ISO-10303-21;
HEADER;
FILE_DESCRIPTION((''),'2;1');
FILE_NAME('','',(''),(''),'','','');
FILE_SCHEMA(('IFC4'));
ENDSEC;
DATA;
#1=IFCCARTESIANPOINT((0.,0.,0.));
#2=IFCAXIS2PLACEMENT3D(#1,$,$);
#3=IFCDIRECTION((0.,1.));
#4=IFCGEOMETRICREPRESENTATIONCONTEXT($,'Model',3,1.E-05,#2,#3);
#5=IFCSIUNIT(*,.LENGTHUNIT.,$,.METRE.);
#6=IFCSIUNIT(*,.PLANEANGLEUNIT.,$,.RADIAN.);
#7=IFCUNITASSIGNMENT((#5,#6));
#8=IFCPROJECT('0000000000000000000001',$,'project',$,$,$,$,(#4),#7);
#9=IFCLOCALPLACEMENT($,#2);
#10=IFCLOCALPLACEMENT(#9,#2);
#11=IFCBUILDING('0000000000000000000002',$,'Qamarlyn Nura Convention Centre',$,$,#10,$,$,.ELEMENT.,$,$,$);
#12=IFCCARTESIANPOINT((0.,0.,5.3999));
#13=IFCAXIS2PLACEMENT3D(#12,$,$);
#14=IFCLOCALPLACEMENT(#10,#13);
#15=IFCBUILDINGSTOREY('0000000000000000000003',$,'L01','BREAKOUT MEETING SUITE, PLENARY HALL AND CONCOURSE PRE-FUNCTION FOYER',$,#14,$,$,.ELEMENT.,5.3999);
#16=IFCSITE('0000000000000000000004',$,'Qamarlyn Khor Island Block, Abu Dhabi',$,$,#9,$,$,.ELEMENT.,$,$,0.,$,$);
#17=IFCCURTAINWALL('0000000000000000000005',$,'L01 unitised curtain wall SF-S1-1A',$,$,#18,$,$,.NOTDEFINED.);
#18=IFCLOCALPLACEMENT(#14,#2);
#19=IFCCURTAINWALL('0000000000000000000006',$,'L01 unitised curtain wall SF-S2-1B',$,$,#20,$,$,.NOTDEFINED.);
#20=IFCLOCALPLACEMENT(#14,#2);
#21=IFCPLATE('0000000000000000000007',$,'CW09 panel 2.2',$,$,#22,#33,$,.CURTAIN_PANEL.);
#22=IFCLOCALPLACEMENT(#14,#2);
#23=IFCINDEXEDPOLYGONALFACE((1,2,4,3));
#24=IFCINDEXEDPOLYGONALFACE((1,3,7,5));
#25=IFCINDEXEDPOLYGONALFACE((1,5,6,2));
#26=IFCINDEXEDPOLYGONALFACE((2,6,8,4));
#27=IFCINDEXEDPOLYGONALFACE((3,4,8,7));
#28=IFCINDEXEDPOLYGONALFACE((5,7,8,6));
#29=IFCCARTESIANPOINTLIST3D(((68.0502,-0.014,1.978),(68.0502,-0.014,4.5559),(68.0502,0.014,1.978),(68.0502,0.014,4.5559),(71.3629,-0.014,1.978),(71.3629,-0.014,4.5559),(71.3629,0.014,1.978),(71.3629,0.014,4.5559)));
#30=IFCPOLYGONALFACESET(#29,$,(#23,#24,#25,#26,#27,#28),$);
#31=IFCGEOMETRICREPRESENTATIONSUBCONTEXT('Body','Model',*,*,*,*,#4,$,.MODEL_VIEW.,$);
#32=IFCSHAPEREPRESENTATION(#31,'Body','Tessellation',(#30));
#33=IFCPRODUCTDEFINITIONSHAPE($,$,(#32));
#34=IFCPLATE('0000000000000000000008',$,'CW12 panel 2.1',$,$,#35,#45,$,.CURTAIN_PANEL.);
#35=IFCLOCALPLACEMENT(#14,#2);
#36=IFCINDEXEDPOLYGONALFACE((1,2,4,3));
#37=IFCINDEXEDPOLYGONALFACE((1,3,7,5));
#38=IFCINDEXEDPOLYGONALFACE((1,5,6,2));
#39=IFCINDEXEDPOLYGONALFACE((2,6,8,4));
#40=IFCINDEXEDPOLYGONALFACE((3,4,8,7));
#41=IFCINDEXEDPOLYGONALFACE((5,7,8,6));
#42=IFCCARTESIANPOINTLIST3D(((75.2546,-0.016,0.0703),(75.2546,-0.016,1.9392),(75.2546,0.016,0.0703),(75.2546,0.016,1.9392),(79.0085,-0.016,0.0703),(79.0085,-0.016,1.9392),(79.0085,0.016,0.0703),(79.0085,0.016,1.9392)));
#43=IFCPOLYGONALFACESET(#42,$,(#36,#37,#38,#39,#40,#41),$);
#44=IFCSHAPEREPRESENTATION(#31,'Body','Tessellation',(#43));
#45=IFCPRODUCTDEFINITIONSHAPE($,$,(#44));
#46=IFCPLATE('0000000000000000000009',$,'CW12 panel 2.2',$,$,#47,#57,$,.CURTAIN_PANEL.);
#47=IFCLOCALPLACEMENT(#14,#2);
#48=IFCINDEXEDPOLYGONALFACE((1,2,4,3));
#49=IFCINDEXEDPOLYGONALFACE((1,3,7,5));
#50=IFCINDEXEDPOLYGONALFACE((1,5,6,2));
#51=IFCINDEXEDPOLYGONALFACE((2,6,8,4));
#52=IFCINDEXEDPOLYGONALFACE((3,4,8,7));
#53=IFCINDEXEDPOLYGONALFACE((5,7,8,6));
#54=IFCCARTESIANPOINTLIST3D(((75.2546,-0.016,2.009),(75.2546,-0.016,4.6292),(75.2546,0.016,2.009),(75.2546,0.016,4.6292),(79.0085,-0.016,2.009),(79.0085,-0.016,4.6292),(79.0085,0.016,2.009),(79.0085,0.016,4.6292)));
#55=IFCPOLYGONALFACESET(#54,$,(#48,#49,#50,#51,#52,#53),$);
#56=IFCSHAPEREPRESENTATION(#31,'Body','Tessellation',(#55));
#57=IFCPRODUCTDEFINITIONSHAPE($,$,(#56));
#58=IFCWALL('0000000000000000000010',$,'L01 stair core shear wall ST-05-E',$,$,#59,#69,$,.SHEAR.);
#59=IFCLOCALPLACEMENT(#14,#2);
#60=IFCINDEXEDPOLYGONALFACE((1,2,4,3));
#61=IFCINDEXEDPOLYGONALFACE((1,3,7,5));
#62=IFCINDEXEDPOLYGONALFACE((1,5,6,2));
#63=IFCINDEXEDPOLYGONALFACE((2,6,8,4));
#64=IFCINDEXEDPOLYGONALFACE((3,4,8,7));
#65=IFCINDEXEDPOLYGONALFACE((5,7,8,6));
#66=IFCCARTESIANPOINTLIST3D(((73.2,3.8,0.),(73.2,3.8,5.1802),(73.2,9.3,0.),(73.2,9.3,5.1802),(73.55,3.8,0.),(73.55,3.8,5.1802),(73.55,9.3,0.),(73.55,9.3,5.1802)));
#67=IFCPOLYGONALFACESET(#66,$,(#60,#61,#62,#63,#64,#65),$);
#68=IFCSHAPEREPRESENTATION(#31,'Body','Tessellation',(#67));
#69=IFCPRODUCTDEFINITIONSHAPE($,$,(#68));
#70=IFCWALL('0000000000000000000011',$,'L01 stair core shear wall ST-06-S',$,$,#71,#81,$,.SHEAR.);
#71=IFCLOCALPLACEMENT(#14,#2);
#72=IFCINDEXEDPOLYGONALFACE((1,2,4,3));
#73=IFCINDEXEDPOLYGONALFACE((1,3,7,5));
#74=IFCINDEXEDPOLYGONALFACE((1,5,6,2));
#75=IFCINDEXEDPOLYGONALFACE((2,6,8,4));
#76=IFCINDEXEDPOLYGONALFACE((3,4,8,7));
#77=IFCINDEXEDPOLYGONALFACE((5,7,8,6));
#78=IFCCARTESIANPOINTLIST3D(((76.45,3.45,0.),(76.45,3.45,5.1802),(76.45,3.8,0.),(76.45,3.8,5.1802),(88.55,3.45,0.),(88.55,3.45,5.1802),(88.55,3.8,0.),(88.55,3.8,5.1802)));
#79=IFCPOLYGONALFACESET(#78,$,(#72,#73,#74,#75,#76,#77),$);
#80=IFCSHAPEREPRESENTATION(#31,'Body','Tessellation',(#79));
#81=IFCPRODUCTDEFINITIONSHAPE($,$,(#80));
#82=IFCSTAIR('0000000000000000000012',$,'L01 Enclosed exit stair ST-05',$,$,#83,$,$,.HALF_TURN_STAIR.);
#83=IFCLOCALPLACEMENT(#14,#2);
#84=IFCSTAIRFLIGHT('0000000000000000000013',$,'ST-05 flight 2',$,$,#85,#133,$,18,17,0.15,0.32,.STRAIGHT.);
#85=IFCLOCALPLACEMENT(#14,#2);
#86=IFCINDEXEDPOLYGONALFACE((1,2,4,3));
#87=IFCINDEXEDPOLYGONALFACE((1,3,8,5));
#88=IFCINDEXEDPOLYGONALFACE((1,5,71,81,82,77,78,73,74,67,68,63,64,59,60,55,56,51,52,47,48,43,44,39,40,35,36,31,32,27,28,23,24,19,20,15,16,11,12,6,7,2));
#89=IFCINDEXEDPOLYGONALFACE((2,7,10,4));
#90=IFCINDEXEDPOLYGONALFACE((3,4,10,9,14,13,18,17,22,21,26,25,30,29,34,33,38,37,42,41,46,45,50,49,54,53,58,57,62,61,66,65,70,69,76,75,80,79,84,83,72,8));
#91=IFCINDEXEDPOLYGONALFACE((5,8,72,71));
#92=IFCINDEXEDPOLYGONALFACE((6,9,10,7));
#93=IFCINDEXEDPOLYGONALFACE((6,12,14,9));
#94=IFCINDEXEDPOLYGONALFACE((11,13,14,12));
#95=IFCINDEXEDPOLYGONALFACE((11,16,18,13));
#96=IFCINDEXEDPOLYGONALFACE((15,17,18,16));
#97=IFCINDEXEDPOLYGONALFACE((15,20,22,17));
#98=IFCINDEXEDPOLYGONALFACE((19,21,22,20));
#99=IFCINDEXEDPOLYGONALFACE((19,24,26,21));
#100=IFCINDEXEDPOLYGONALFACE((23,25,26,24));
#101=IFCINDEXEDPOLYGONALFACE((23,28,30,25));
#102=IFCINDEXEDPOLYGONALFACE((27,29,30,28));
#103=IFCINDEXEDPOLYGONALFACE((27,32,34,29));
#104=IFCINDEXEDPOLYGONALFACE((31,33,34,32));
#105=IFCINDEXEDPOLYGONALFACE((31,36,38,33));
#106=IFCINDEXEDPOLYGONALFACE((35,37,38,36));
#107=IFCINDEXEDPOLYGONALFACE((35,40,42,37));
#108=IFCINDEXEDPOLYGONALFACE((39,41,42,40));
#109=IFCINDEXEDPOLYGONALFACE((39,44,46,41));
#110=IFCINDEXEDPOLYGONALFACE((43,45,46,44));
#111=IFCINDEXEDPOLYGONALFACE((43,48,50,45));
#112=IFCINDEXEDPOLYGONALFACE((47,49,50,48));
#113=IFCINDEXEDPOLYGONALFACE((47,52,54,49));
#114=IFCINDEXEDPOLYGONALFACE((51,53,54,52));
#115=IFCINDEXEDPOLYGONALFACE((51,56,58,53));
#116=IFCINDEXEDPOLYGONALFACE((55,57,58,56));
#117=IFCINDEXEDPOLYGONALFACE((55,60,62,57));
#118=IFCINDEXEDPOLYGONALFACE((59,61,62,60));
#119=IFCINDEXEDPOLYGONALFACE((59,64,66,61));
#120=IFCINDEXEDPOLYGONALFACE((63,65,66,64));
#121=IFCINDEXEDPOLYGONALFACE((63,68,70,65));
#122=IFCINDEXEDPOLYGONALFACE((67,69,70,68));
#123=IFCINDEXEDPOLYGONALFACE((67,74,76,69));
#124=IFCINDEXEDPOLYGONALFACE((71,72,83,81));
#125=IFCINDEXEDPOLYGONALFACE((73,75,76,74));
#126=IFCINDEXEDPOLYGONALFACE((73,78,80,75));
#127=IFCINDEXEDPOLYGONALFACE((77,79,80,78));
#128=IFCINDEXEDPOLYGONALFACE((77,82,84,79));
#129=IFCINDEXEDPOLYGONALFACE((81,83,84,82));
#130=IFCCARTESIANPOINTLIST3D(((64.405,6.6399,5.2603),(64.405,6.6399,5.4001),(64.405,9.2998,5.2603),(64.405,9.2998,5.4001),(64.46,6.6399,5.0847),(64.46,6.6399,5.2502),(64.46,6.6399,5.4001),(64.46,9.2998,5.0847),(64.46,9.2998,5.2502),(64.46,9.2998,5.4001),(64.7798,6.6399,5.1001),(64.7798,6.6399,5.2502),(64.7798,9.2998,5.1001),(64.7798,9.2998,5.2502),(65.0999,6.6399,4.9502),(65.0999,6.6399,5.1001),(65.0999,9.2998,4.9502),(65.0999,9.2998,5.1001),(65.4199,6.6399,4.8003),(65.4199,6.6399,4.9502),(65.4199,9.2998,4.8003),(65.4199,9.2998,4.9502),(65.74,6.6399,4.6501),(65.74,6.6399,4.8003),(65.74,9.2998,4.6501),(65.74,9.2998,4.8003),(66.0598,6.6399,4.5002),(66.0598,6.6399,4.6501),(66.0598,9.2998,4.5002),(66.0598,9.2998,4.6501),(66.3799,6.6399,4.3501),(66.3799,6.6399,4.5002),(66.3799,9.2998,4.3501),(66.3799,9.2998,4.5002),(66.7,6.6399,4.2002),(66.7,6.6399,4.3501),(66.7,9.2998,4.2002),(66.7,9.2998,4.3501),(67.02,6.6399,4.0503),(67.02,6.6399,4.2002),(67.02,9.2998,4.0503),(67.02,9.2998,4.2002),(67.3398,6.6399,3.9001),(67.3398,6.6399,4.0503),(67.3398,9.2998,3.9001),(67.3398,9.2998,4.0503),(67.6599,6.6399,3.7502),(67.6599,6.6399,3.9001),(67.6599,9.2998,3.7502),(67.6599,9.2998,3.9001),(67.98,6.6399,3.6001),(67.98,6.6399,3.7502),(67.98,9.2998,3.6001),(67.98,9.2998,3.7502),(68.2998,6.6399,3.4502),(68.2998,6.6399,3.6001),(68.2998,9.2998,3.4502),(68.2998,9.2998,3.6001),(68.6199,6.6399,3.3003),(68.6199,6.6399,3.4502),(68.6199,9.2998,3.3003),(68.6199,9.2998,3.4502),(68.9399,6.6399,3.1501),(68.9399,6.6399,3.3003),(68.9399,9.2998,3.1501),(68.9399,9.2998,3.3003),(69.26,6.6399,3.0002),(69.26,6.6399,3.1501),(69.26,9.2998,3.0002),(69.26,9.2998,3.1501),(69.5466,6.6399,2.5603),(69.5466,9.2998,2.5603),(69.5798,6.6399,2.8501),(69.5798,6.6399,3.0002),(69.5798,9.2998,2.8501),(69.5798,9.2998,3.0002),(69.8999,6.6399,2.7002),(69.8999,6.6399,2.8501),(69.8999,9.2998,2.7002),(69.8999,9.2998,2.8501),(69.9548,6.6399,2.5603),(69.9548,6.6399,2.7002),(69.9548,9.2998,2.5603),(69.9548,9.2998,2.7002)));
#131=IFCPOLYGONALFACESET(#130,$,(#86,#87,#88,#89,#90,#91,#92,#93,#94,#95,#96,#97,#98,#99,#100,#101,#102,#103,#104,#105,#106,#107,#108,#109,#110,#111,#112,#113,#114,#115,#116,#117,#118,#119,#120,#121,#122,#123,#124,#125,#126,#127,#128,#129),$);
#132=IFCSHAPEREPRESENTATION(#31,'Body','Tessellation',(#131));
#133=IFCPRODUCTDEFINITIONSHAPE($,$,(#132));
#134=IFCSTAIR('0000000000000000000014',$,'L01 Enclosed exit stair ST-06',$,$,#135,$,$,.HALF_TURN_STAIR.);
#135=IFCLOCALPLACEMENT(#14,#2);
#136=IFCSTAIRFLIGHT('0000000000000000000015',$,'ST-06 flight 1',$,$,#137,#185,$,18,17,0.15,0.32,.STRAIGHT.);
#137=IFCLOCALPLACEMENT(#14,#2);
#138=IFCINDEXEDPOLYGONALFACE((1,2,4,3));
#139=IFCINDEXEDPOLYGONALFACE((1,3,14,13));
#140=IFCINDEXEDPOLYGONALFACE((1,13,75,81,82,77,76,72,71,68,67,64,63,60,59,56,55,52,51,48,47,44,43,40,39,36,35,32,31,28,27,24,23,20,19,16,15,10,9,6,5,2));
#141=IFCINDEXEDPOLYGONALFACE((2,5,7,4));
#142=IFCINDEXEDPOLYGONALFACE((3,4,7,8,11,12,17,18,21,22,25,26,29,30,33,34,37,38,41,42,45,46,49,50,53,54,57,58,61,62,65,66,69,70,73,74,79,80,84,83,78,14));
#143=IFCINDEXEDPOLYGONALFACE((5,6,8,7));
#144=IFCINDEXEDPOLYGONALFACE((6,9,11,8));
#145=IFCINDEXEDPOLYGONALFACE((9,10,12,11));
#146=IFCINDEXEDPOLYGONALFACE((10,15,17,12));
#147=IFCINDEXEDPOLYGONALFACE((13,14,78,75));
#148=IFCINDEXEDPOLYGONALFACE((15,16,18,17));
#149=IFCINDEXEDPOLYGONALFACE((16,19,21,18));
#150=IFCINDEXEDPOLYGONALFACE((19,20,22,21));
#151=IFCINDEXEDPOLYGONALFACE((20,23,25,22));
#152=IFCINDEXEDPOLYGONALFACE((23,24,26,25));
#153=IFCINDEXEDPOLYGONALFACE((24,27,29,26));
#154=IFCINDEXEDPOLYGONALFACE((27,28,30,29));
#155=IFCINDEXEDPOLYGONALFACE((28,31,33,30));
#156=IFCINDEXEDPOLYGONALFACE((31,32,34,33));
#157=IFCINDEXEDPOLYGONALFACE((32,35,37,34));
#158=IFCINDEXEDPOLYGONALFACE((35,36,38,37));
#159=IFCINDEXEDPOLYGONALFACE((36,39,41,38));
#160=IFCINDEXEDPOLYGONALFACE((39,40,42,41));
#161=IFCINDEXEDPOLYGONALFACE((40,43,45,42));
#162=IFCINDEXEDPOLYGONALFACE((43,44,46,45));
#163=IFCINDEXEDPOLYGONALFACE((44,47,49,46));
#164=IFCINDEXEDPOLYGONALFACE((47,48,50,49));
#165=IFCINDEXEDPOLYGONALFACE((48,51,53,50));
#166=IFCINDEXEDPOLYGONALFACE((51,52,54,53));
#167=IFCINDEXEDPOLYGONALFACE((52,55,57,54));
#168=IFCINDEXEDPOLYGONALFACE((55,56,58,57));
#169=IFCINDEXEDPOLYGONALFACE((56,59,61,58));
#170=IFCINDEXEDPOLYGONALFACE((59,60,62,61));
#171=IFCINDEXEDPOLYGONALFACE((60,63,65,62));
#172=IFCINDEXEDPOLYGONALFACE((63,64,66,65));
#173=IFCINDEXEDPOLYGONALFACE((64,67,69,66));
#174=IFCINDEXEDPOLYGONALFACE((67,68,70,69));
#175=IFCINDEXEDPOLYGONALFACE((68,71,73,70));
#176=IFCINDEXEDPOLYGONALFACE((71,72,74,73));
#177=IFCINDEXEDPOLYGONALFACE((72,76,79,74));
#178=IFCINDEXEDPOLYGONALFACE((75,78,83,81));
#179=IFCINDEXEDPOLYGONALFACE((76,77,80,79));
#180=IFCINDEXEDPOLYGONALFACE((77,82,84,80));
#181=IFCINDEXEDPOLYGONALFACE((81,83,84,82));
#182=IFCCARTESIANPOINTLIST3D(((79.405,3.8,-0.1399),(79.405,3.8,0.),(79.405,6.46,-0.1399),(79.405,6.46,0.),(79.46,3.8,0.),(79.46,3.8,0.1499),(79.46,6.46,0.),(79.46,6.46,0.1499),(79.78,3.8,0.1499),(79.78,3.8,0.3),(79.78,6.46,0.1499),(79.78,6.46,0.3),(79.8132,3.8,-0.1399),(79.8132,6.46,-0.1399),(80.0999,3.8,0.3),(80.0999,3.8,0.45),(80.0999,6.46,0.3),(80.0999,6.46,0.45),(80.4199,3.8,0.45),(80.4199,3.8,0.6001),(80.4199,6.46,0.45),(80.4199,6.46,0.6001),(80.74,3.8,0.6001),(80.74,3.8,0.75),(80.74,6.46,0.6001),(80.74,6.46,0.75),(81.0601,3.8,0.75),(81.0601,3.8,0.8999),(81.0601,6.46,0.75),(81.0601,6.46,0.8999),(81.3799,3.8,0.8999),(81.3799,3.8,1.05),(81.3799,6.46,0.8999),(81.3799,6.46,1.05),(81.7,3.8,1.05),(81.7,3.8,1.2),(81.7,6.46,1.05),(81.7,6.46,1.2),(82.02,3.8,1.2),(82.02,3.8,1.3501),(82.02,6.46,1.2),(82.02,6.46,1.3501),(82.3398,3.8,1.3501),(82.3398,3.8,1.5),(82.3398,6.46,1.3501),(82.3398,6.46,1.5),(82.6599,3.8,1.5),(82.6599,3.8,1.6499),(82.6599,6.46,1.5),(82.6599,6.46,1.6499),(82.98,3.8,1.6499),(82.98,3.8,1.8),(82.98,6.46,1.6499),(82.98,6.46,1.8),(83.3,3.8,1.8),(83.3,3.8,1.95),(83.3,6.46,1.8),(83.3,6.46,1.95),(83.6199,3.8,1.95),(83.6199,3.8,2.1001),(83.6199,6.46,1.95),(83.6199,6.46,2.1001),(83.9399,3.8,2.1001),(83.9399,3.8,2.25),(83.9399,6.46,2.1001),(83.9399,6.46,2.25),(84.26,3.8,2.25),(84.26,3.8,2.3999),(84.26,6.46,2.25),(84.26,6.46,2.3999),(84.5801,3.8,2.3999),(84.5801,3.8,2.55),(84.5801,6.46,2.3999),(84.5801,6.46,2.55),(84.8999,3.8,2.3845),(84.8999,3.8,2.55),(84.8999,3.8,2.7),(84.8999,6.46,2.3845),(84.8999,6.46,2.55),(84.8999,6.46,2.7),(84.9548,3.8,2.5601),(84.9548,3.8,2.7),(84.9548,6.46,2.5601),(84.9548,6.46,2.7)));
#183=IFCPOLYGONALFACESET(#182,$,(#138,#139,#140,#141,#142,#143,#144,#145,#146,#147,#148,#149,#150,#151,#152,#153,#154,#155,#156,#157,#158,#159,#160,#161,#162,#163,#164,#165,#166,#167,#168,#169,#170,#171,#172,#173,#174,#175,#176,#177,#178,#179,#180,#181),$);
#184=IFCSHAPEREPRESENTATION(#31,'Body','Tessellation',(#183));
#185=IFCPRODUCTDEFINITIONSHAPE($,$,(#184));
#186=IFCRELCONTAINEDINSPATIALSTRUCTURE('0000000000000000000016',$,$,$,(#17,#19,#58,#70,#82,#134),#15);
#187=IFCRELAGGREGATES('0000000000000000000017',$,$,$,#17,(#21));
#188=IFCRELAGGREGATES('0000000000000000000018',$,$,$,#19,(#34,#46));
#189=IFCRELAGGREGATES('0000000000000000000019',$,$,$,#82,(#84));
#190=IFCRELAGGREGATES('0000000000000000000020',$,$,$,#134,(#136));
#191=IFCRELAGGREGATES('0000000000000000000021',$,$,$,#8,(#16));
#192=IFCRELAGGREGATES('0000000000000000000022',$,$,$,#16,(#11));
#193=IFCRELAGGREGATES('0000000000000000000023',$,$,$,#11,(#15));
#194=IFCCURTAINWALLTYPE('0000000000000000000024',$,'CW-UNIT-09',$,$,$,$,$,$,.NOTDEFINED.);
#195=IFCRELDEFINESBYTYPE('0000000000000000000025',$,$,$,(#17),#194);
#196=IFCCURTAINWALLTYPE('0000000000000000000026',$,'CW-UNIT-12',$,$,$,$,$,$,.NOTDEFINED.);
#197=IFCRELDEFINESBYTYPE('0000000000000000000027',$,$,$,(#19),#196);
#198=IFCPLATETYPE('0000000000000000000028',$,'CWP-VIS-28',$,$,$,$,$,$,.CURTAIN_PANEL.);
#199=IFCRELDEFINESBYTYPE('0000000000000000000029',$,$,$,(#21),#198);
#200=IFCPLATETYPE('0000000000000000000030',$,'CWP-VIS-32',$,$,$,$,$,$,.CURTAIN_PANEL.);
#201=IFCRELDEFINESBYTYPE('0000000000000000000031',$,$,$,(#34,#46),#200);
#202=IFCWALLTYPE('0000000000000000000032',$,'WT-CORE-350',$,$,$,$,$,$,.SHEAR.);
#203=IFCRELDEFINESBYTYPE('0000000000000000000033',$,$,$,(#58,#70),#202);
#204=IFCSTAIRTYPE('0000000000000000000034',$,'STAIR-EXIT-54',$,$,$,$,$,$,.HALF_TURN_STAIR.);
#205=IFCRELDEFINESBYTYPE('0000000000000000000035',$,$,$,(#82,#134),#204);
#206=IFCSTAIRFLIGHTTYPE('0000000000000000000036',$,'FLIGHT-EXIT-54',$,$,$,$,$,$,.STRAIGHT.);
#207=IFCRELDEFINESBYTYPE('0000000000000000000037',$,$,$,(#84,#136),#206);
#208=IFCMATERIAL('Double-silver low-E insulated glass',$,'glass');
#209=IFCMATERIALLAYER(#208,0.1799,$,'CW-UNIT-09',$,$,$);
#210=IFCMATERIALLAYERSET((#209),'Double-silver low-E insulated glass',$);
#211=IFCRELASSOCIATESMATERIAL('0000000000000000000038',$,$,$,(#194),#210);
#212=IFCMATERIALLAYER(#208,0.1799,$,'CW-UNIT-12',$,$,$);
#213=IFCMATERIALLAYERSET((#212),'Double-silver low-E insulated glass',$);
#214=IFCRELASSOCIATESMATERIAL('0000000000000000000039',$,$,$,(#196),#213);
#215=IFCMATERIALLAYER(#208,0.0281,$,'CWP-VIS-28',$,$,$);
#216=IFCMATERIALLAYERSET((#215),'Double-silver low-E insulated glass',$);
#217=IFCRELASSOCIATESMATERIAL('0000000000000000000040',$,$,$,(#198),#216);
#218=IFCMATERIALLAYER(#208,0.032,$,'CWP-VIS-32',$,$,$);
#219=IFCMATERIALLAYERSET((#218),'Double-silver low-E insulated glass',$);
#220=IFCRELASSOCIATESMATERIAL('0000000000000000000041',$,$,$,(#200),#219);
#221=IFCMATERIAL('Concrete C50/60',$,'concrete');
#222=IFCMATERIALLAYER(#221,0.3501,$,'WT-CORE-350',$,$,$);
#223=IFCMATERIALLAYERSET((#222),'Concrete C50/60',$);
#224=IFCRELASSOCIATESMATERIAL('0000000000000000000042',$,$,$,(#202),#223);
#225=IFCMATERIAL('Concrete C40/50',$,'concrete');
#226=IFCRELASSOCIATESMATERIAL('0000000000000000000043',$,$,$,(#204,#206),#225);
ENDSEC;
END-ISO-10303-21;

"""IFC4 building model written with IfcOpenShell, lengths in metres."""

from ifc_helpers import new_model, si_unit, direction, frame, frame_2d, origin, origin_2d, place, context, subcontext, project, spatial, polyline, rectangle, outline, extrude, material, layer, layer_set, type_object, element, aggregate, save


model = new_model("IFC4")

# Units and contexts
model_context = context("Model", 3, precision=1e-05, world=origin(), true_north=direction((0.0, 1.0)))
body_context = subcontext(model_context, "Body", "Model", "MODEL_VIEW")
ifc_project = project(units=[si_unit("LENGTHUNIT", "METRE"), si_unit("PLANEANGLEUNIT", "RADIAN")], contexts=[model_context])

# Site, building, storey
site_placement = place(None, origin())
site = spatial("IfcSite", under=ifc_project, at=site_placement, Name="Qamarlyn Khor Island Block, Abu Dhabi", CompositionType="ELEMENT", RefElevation=0.0)
building_placement = place(site_placement, origin())
building = spatial("IfcBuilding", under=site, at=building_placement, Name="Qamarlyn Nura Convention Centre", CompositionType="ELEMENT")
storey_placement = place(building_placement, frame((0.0, 0.0, 5.3999)))
storey = spatial("IfcBuildingStorey", under=building, at=storey_placement, Name="L01", Description="BREAKOUT MEETING SUITE, PLENARY HALL AND CONCOURSE PRE-FUNCTION FOYER", CompositionType="ELEMENT", Elevation=5.3999)

# Shared definitions
ifc_material_1 = material(Name="Double-silver low-E insulated glass", Category="glass")

# Curtain walls
ifc_layer_1 = layer(ifc_material_1, 0.1799, Name="CW-UNIT-09")
ifc_layer_set_1 = layer_set([ifc_layer_1], Name="Double-silver low-E insulated glass")
curtain_wall_type_1 = type_object("IfcCurtainWallType", Name="CW-UNIT-09", PredefinedType="NOTDEFINED", material=ifc_layer_set_1)
curtain_wall_1_placement = place(storey_placement, origin())
curtain_wall_1 = element("IfcCurtainWall", 1, at=curtain_wall_1_placement, inside=storey, type_object=curtain_wall_type_1, Name="L01 unitised curtain wall SF-S1-1A", PredefinedType="NOTDEFINED")
ifc_layer_2 = layer(ifc_material_1, 0.1799, Name="CW-UNIT-12")
ifc_layer_set_2 = layer_set([ifc_layer_2], Name="Double-silver low-E insulated glass")
curtain_wall_type_2 = type_object("IfcCurtainWallType", Name="CW-UNIT-12", PredefinedType="NOTDEFINED", material=ifc_layer_set_2)
curtain_wall_2_placement = place(storey_placement, origin())
curtain_wall_2 = element("IfcCurtainWall", 2, at=curtain_wall_2_placement, inside=storey, type_object=curtain_wall_type_2, Name="L01 unitised curtain wall SF-S2-1B", PredefinedType="NOTDEFINED")

# Plates
ifc_layer_3 = layer(ifc_material_1, 0.0281, Name="CWP-VIS-28")
ifc_layer_set_3 = layer_set([ifc_layer_3], Name="Double-silver low-E insulated glass")
plate_type_1 = type_object("IfcPlateType", Name="CWP-VIS-28", PredefinedType="CURTAIN_PANEL", material=ifc_layer_set_3)
plate_1_placement = place(storey_placement, frame((69.7065, 0.0, 1.978), z_axis=(0.0, 0.0, 1.0), x_axis=(-1.0, 0.0, 0.0)))
plate_1 = element("IfcPlate", 3, at=plate_1_placement, type_object=plate_type_1, Name="CW09 panel 2.2", PredefinedType="CURTAIN_PANEL", context=body_context, shape_type="SweptSolid", body=[
    extrude(rectangle(XDim=3.3127, YDim=0.0281, at=origin_2d()), origin(), (0.0, 0.0, 1.0), 2.5779),
])
aggregate(curtain_wall_1, [plate_1])
ifc_layer_4 = layer(ifc_material_1, 0.032, Name="CWP-VIS-32")
ifc_layer_set_4 = layer_set([ifc_layer_4], Name="Double-silver low-E insulated glass")
plate_type_2 = type_object("IfcPlateType", Name="CWP-VIS-32", PredefinedType="CURTAIN_PANEL", material=ifc_layer_set_4)
plate_2_placement = place(storey_placement, frame((77.1316, 0.0, 0.0703), z_axis=(0.0, 0.0, 1.0), x_axis=(-1.0, 0.0, 0.0)))
plate_2 = element("IfcPlate", 4, at=plate_2_placement, type_object=plate_type_2, Name="CW12 panel 2.1", PredefinedType="CURTAIN_PANEL", context=body_context, shape_type="SweptSolid", body=[
    extrude(rectangle(XDim=3.7539, YDim=0.032, at=origin_2d()), origin(), (0.0, 0.0, 1.0), 1.8689),
])
plate_3_placement = place(storey_placement, frame((77.1316, 0.0, 2.009), z_axis=(0.0, 0.0, 1.0), x_axis=(-1.0, 0.0, 0.0)))
plate_3 = element("IfcPlate", 5, at=plate_3_placement, type_object=plate_type_2, Name="CW12 panel 2.2", PredefinedType="CURTAIN_PANEL", context=body_context, shape_type="SweptSolid", body=[
    extrude(rectangle(XDim=3.7539, YDim=0.032, at=origin_2d()), origin(), (0.0, 0.0, 1.0), 2.6201),
])
aggregate(curtain_wall_2, [plate_2, plate_3])

# Walls
ifc_material_2 = material(Name="Concrete C50/60", Category="concrete")
ifc_layer_5 = layer(ifc_material_2, 0.3501, Name="WT-CORE-350")
ifc_layer_set_5 = layer_set([ifc_layer_5], Name="Concrete C50/60")
wall_type = type_object("IfcWallType", Name="WT-CORE-350", PredefinedType="SHEAR", material=ifc_layer_set_5)
wall_1_placement = place(storey_placement, frame((73.375, 3.8, 0.0), z_axis=(0.0, 0.0, 1.0), x_axis=(0.0, 1.0, 0.0)))
element("IfcWall", 6, at=wall_1_placement, inside=storey, type_object=wall_type, Name="L01 stair core shear wall ST-05-E", PredefinedType="SHEAR", context=body_context, shape_type="SweptSolid", body=[
    extrude(rectangle(XDim=5.5, YDim=0.3501, at=frame_2d((2.75, 0.0))), origin(), (0.0, 0.0, 1.0), 5.1802),
])
wall_2_placement = place(storey_placement, frame((76.45, 3.625, 0.0), z_axis=(0.0, 0.0, 1.0), x_axis=(1.0, 0.0, 0.0)))
element("IfcWall", 7, at=wall_2_placement, inside=storey, type_object=wall_type, Name="L01 stair core shear wall ST-06-S", PredefinedType="SHEAR", context=body_context, shape_type="SweptSolid", body=[
    extrude(rectangle(XDim=12.1001, YDim=0.3501, at=frame_2d((6.05, 0.0))), origin(), (0.0, 0.0, 1.0), 5.1802),
])

# Stairs, stair flights
ifc_material_3 = material(Name="Concrete C40/50", Category="concrete")
stair_type = type_object("IfcStairType", Name="STAIR-EXIT-54", PredefinedType="HALF_TURN_STAIR", material=ifc_material_3)
stair_1_placement = place(storey_placement, origin())
stair_1 = element("IfcStair", 8, at=stair_1_placement, inside=storey, type_object=stair_type, Name="L01 Enclosed exit stair ST-05", PredefinedType="HALF_TURN_STAIR")
stair_flight_type = type_object("IfcStairFlightType", Name="FLIGHT-EXIT-54", PredefinedType="STRAIGHT", material=ifc_material_3)
stair_flight_1_placement = place(storey_placement, frame((69.8999, 7.97, 2.7002), z_axis=(0.0, 0.0, 1.0), x_axis=(-1.0, 0.0, 0.0)))
stair_flight_1 = element("IfcStairFlight", 9, at=stair_flight_1_placement, type_object=stair_flight_type, Name="ST-05 flight 2", NumberOfRisers=18, NumberOfTreads=17, PredefinedType="STRAIGHT", RiserHeight=0.15, TreadLength=0.32, context=body_context, shape_type="SweptSolid", body=[
    extrude(outline(polyline([(-0.0549, 0.0), (0.0, 0.0), (0.0, 0.1499), (0.3201, 0.1499), (0.3201, 0.3), (0.6399, 0.3), (0.6399, 0.45), (0.96, 0.45), (0.96, 0.6001), (1.28, 0.6001), (1.28, 0.75), (1.6001, 0.75), (1.6001, 0.8999), (1.9199, 0.8999), (1.9199, 1.05), (2.24, 1.05), (2.24, 1.2), (2.5601, 1.2), (2.5601, 1.3501), (2.8799, 1.3501), (2.8799, 1.5), (3.2, 1.5), (3.2, 1.6499), (3.52, 1.6499), (3.52, 1.8), (3.8401, 1.8), (3.8401, 1.95), (4.1599, 1.95), (4.1599, 2.1001), (4.48, 2.1001), (4.48, 2.25), (4.8, 2.25), (4.8, 2.3999), (5.1201, 2.3999), (5.1201, 2.55), (5.4399, 2.55), (5.4399, 2.7), (5.4949, 2.7), (5.4949, 2.5601), (5.4399, 2.3845), (0.3533, -0.1399), (-0.0549, -0.1399), (-0.0549, 0.0)])), frame((0.0, 1.3301, 0.0), z_axis=(0.0, -1.0, 0.0), x_axis=(1.0, 0.0, 0.0)), (0.0, 0.0, 1.0), 2.6599),
])
aggregate(stair_1, [stair_flight_1])
stair_2_placement = place(storey_placement, origin())
stair_2 = element("IfcStair", 10, at=stair_2_placement, inside=storey, type_object=stair_type, Name="L01 Enclosed exit stair ST-06", PredefinedType="HALF_TURN_STAIR")
stair_flight_2_placement = place(storey_placement, frame((79.46, 5.1299, 0.0), z_axis=(0.0, 0.0, 1.0), x_axis=(1.0, 0.0, 0.0)))
stair_flight_2 = element("IfcStairFlight", 11, at=stair_flight_2_placement, type_object=stair_flight_type, Name="ST-06 flight 1", NumberOfRisers=18, NumberOfTreads=17, PredefinedType="STRAIGHT", RiserHeight=0.15, TreadLength=0.32, context=body_context, shape_type="SweptSolid", body=[
    extrude(outline(polyline([(-0.0549, 0.0), (0.0, 0.0), (0.0, 0.1499), (0.3201, 0.1499), (0.3201, 0.3), (0.6399, 0.3), (0.6399, 0.45), (0.96, 0.45), (0.96, 0.6001), (1.28, 0.6001), (1.28, 0.75), (1.6001, 0.75), (1.6001, 0.8999), (1.9199, 0.8999), (1.9199, 1.05), (2.24, 1.05), (2.24, 1.2), (2.5601, 1.2), (2.5601, 1.3501), (2.8799, 1.3501), (2.8799, 1.5), (3.2, 1.5), (3.2, 1.6499), (3.52, 1.6499), (3.52, 1.8), (3.8401, 1.8), (3.8401, 1.95), (4.1599, 1.95), (4.1599, 2.1001), (4.48, 2.1001), (4.48, 2.25), (4.8, 2.25), (4.8, 2.3999), (5.1201, 2.3999), (5.1201, 2.55), (5.4399, 2.55), (5.4399, 2.7), (5.4949, 2.7), (5.4949, 2.5601), (5.4399, 2.3845), (0.3533, -0.1399), (-0.0549, -0.1399), (-0.0549, 0.0)])), frame((0.0, 1.3301, 0.0), z_axis=(0.0, -1.0, 0.0), x_axis=(1.0, 0.0, 0.0)), (0.0, 0.0, 1.0), 2.6599),
])
aggregate(stair_2, [stair_flight_2])

save(model, "model.ifc")
